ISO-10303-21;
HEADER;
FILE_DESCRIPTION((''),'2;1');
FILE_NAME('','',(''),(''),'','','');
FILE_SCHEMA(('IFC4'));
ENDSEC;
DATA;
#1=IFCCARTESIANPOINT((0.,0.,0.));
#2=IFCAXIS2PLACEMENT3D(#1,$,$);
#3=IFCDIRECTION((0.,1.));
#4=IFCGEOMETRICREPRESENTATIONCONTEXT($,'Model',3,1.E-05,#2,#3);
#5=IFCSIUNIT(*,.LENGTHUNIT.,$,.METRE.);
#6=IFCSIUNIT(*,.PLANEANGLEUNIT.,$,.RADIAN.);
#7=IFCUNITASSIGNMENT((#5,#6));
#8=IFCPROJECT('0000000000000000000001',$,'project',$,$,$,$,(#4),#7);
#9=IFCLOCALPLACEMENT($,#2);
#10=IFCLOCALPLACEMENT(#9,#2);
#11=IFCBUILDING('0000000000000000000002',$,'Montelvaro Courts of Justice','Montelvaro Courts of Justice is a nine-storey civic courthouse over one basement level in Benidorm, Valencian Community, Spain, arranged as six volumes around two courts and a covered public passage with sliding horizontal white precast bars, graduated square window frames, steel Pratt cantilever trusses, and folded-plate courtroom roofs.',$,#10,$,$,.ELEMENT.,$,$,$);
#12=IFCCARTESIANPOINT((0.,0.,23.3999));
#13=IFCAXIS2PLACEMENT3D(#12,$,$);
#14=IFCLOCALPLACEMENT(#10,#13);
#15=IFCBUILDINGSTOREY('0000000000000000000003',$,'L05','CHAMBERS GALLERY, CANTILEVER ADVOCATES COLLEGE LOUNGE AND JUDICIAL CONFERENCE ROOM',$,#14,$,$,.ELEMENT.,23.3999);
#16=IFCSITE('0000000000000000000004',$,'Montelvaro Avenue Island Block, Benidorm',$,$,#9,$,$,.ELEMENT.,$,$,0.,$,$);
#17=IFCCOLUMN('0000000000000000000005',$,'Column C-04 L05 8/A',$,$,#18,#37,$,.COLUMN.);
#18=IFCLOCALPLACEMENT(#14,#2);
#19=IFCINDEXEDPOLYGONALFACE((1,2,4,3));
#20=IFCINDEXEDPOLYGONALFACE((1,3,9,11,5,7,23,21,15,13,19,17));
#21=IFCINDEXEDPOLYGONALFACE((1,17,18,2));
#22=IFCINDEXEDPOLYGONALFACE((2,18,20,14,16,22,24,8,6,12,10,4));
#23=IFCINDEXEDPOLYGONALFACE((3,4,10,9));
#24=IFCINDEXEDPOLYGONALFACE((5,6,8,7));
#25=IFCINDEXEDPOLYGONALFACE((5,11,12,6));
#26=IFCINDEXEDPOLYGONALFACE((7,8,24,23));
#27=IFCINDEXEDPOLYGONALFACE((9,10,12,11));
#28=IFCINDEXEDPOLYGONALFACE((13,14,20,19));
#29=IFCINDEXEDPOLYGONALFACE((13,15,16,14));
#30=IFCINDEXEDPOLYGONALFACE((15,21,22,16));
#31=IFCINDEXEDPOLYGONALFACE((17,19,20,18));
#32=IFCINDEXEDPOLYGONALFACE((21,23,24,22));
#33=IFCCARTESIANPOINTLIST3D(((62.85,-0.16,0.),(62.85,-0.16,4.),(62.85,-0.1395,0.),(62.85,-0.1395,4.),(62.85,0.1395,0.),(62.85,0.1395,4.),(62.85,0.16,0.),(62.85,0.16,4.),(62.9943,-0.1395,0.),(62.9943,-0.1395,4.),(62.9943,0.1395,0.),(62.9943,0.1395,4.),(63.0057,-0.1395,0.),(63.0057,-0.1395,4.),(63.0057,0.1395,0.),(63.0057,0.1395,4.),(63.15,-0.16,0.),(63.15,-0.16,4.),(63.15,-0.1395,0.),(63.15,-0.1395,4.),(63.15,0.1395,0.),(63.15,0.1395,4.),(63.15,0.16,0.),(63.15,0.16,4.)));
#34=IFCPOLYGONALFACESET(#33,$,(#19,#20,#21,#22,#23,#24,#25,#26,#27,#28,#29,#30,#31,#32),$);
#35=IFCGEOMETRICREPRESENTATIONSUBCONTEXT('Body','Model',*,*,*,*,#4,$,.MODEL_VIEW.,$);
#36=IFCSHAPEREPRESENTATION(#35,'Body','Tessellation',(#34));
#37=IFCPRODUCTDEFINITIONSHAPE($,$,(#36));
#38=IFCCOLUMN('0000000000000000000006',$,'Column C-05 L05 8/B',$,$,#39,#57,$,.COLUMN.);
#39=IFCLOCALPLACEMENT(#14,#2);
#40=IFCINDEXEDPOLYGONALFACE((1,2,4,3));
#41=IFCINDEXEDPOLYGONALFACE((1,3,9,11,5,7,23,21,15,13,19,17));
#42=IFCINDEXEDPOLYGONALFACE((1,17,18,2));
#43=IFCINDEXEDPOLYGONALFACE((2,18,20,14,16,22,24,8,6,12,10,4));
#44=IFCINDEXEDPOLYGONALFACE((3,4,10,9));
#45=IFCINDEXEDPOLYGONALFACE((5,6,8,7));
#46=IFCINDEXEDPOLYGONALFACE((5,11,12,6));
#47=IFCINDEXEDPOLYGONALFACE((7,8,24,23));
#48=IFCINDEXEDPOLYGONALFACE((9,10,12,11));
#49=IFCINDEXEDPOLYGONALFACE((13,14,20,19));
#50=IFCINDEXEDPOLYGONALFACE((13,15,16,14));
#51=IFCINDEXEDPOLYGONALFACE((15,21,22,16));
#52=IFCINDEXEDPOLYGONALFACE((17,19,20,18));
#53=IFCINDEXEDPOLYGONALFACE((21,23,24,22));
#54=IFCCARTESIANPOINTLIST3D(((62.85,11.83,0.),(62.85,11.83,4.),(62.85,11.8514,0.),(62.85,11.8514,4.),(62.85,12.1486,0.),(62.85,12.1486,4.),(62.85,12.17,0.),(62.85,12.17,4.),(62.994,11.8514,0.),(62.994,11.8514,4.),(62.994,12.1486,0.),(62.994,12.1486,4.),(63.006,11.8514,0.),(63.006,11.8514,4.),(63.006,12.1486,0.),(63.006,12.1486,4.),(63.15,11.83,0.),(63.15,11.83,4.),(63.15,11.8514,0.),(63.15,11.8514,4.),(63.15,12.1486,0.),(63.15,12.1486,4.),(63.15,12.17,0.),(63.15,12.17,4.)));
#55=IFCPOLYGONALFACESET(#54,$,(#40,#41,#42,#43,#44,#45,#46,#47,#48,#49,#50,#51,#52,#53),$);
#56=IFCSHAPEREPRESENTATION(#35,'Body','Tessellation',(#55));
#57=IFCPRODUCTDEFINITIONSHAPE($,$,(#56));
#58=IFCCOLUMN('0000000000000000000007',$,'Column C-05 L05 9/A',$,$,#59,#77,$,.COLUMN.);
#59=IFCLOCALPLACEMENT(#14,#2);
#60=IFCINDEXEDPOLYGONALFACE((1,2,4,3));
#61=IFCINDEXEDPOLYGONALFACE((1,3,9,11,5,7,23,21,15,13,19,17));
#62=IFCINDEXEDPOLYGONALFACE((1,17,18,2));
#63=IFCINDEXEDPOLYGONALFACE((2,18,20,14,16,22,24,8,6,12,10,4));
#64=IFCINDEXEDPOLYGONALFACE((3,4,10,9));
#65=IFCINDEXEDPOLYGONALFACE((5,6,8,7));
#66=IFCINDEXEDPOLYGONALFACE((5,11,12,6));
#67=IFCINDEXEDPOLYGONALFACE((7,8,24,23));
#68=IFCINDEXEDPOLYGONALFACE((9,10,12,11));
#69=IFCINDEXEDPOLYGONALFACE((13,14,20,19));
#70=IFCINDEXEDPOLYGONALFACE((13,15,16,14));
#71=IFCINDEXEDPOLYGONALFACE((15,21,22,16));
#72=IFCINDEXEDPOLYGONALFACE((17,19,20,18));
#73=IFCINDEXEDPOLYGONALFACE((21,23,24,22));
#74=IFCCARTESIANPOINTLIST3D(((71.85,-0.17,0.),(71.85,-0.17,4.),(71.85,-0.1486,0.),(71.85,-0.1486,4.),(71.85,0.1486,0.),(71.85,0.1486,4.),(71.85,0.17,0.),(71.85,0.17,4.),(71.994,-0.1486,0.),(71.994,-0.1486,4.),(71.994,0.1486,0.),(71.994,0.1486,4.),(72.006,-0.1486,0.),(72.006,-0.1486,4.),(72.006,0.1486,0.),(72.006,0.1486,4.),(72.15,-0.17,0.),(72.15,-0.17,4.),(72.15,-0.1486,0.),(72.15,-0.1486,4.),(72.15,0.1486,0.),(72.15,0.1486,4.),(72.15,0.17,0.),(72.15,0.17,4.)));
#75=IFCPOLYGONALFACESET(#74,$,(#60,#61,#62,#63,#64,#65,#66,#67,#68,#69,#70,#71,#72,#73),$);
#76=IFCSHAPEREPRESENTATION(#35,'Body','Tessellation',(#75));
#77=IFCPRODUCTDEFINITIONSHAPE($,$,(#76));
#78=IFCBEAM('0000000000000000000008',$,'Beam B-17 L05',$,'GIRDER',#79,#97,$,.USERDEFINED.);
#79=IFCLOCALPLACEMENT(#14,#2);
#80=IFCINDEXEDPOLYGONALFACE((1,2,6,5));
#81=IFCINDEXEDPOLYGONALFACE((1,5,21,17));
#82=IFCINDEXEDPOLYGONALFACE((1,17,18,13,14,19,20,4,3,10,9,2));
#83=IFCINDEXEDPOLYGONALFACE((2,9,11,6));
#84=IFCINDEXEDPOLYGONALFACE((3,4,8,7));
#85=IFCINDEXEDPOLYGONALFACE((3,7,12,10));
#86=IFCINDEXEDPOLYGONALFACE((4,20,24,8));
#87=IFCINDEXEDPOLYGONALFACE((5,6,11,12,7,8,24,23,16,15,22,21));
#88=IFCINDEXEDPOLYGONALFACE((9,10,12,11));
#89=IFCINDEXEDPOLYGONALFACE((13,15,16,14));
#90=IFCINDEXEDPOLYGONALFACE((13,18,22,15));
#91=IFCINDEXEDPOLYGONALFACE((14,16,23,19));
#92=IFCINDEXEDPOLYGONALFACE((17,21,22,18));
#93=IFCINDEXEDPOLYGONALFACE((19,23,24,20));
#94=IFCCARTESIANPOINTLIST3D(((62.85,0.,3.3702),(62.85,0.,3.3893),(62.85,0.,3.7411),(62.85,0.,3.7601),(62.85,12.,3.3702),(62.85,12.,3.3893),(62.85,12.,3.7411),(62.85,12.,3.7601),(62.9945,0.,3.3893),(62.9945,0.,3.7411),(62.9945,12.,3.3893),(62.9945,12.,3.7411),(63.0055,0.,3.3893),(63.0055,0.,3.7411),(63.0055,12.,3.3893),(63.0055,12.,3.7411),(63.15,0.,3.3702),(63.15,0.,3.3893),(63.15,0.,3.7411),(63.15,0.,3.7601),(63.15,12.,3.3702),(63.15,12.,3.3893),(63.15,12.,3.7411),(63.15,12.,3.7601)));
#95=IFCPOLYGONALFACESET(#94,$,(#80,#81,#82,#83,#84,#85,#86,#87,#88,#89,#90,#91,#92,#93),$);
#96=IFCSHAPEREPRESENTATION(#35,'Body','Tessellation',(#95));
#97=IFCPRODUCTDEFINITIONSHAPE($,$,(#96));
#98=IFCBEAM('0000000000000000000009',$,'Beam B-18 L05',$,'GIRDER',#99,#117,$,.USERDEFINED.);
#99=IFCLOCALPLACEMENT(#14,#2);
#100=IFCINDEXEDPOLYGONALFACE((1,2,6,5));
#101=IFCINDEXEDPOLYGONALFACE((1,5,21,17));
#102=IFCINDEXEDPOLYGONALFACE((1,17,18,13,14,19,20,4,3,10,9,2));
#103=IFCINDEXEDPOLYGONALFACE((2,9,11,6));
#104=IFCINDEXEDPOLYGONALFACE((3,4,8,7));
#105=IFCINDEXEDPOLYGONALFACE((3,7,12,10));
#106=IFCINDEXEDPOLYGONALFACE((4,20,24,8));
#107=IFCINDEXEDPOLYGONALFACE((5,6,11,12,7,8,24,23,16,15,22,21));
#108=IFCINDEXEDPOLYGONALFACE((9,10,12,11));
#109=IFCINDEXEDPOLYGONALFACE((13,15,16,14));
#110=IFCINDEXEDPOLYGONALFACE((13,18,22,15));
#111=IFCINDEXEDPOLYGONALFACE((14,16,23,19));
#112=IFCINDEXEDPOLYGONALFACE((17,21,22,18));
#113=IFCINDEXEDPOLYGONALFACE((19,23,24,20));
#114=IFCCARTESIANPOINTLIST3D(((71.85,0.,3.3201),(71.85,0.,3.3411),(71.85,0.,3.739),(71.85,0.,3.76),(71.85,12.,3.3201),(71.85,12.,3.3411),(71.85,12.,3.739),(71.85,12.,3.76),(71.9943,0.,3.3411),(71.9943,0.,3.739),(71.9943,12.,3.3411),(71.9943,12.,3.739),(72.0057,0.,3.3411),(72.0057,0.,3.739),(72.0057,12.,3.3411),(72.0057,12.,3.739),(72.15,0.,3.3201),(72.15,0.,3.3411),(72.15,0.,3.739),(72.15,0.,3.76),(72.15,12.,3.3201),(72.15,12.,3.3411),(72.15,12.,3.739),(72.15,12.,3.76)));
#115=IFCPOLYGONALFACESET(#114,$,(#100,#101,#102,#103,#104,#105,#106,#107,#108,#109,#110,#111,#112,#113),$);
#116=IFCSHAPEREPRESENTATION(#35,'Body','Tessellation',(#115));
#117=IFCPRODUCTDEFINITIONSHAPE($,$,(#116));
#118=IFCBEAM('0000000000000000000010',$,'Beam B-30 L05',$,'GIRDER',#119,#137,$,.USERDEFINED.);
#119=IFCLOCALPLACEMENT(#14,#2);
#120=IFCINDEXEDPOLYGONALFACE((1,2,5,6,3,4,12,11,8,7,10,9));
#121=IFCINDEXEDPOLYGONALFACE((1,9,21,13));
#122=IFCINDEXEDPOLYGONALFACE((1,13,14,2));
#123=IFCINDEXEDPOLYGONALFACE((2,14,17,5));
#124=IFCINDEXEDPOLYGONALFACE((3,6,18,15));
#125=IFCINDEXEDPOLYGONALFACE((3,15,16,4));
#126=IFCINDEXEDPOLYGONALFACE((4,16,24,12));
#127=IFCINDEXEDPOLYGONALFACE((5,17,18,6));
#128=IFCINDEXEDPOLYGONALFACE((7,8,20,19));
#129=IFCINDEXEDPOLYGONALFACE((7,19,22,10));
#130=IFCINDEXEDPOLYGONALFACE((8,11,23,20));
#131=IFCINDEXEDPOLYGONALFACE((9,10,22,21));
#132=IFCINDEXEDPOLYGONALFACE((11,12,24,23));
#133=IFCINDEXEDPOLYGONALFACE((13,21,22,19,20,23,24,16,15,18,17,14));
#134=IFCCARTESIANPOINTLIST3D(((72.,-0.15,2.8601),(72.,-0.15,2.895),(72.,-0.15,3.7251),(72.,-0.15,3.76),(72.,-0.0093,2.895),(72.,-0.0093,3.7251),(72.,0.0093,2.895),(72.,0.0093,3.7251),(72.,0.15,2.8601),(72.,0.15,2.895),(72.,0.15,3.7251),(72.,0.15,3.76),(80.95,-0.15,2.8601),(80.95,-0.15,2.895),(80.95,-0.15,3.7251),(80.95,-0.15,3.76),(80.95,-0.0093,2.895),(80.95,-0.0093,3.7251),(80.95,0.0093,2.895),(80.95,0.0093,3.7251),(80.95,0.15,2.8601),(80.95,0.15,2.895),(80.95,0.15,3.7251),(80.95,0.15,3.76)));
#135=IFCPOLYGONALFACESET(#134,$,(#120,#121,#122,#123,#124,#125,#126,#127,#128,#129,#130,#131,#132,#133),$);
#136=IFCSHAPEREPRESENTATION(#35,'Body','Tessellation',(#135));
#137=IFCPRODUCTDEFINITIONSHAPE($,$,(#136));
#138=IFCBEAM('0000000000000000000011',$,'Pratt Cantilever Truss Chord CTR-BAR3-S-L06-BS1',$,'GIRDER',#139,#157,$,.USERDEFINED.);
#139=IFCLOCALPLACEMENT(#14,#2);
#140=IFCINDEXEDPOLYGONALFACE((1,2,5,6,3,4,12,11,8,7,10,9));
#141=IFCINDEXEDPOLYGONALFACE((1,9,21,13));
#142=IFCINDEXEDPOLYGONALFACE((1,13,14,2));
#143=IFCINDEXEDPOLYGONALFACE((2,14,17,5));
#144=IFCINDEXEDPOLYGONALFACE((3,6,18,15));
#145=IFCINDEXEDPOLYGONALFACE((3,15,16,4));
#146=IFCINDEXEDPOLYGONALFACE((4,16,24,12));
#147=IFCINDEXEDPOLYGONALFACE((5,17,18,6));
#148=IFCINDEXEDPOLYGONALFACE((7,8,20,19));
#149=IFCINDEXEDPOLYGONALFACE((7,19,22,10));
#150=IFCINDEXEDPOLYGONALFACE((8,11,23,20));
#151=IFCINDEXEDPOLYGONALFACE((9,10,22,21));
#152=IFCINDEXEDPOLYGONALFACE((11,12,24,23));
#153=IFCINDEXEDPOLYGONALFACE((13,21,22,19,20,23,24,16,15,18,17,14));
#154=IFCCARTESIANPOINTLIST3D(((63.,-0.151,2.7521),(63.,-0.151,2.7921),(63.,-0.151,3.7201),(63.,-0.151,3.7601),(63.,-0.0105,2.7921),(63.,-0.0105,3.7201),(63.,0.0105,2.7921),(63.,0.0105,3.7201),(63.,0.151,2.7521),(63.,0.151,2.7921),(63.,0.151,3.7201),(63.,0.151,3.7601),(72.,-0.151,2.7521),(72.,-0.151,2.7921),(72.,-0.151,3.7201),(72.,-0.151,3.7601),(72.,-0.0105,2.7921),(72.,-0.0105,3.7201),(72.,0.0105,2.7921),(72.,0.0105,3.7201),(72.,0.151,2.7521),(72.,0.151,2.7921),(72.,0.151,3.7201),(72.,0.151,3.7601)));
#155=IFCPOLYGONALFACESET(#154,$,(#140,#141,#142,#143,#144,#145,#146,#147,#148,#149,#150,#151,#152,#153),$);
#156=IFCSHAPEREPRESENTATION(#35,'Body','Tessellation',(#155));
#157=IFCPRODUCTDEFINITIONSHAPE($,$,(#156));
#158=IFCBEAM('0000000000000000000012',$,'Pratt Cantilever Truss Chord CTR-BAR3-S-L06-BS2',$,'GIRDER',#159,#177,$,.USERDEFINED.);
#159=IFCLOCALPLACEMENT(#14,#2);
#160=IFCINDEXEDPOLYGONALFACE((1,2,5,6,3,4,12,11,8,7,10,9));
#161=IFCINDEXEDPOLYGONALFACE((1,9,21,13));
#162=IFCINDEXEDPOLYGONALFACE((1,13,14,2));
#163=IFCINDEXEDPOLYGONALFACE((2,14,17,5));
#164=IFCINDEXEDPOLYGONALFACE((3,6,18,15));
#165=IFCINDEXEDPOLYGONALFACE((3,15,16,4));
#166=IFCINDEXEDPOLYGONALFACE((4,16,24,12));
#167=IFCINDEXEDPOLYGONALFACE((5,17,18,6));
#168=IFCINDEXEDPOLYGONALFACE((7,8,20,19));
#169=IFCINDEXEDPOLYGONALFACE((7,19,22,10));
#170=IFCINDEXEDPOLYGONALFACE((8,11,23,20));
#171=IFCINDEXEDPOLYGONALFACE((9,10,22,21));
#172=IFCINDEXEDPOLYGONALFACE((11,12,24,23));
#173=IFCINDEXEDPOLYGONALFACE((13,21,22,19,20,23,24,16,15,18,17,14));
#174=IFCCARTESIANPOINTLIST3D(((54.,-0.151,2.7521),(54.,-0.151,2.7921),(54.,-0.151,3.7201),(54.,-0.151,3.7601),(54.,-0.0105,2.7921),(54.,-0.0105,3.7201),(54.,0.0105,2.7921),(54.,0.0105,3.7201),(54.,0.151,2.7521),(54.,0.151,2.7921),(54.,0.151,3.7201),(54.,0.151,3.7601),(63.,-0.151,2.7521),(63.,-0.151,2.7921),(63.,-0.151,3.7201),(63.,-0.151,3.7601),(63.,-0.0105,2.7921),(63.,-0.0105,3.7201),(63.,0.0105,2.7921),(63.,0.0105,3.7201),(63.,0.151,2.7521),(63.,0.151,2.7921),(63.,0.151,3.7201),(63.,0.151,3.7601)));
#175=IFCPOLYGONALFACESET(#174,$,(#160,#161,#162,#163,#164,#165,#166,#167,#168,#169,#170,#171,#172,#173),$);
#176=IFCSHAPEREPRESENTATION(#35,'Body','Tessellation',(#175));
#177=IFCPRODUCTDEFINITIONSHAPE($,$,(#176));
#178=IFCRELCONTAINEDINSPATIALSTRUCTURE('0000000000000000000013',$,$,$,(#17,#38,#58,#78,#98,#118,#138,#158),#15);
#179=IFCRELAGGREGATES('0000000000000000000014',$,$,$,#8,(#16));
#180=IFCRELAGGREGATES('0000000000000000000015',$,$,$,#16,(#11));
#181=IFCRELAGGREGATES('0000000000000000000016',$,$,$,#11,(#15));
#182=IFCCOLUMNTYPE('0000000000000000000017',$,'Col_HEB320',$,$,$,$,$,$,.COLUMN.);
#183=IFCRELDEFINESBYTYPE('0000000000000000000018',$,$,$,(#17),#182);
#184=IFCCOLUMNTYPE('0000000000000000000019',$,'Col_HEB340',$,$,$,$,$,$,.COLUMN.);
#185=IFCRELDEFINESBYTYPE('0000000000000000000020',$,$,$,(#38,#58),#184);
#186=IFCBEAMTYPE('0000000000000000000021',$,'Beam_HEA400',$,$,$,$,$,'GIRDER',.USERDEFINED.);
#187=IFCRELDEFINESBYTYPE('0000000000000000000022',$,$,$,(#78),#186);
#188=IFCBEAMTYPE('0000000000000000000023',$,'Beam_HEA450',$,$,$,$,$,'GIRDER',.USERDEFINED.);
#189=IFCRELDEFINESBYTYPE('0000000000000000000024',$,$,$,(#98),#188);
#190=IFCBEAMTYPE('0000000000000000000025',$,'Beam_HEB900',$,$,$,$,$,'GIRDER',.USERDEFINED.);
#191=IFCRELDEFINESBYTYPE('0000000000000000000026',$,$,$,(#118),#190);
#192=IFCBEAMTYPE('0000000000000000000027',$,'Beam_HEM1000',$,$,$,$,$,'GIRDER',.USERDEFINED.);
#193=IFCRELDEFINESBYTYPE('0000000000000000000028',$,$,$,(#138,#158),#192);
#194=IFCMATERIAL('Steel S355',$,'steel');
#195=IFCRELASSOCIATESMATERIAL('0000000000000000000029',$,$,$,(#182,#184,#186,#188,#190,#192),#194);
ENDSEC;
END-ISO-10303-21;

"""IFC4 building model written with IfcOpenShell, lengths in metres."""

from ifc_helpers import new_model, si_unit, direction, frame, origin, origin_2d, place, context, subcontext, project, spatial, i_section, extrude, material, material_profile, profile_set, type_object, element, save


model = new_model("IFC4")

# Units and contexts
model_context = context("Model", 3, precision=1e-05, world=origin(), true_north=direction((0.0, 1.0)))
body_context = subcontext(model_context, "Body", "Model", "MODEL_VIEW")
ifc_project = project(units=[si_unit("LENGTHUNIT", "METRE"), si_unit("PLANEANGLEUNIT", "RADIAN")], contexts=[model_context])

# Site, building, storey
site_placement = place(None, origin())
site = spatial("IfcSite", under=ifc_project, at=site_placement, Name="Montelvaro Avenue Island Block, Benidorm", CompositionType="ELEMENT", RefElevation=0.0)
building_placement = place(site_placement, origin())
building = spatial("IfcBuilding", under=site, at=building_placement, Name="Montelvaro Courts of Justice", Description="Montelvaro Courts of Justice is a nine-storey civic courthouse over one basement level in Benidorm, Valencian Community, Spain, arranged as six volumes around two courts and a covered public passage with sliding horizontal white precast bars, graduated square window frames, steel Pratt cantilever trusses, and folded-plate courtroom roofs.", CompositionType="ELEMENT")
storey_placement = place(building_placement, frame((0.0, 0.0, 23.3999)))
storey = spatial("IfcBuildingStorey", under=building, at=storey_placement, Name="L05", Description="CHAMBERS GALLERY, CANTILEVER ADVOCATES COLLEGE LOUNGE AND JUDICIAL CONFERENCE ROOM", CompositionType="ELEMENT", Elevation=23.3999)

# Columns
ifc_material_1 = material(Name="Steel S355", Category="steel")
ifc_material_profile_1 = material_profile(ifc_material_1, i_section(OverallWidth=0.3, OverallDepth=0.3201, WebThickness=0.0115, FlangeThickness=0.0205, at=origin_2d()), Name="HEB 320")
ifc_profile_set_1 = profile_set([ifc_material_profile_1], Name="Steel S355")
column_type_1 = type_object("IfcColumnType", Name="Col_HEB320", PredefinedType="COLUMN", material=ifc_profile_set_1)
column_placement = place(storey_placement, frame((63.0, 0.0, 0.0), z_axis=(0.0, 0.0, 1.0), x_axis=(1.0, 0.0, 0.0)))
element("IfcColumn", 1, at=column_placement, inside=storey, type_object=column_type_1, Name="Column C-04 L05 8/A", PredefinedType="COLUMN", context=body_context, shape_type="SweptSolid", body=[
    extrude(i_section(OverallWidth=0.3, OverallDepth=0.3201, WebThickness=0.0115, FlangeThickness=0.0205, at=origin_2d()), origin(), (0.0, 0.0, 1.0), 4.0),
])
ifc_material_profile_2 = material_profile(ifc_material_1, i_section(OverallWidth=0.3, OverallDepth=0.3401, WebThickness=0.012, FlangeThickness=0.0215, at=origin_2d()), Name="HEB 340")
ifc_profile_set_2 = profile_set([ifc_material_profile_2], Name="Steel S355")
column_type_2 = type_object("IfcColumnType", Name="Col_HEB340", PredefinedType="COLUMN", material=ifc_profile_set_2)
for number, where, z_axis, x_axis, name in (
    (2, (63.0, 12.0, 0.0), (0.0, 0.0, 1.0), (1.0, 0.0, 0.0), "Column C-05 L05 8/B"),
    (3, (72.0, 0.0, 0.0), (0.0, 0.0, 1.0), (1.0, 0.0, 0.0), "Column C-05 L05 9/A"),
):
    element("IfcColumn", number, at=place(storey_placement, frame(where, z_axis=z_axis, x_axis=x_axis)), inside=storey, type_object=column_type_2, Name=name, PredefinedType="COLUMN", context=body_context, shape_type="SweptSolid", body=[
        extrude(i_section(OverallWidth=0.3, OverallDepth=0.3401, WebThickness=0.012, FlangeThickness=0.0215, at=origin_2d()), origin(), (0.0, 0.0, 1.0), 4.0),
    ])

# Beams
ifc_material_profile_3 = material_profile(ifc_material_1, i_section(OverallWidth=0.3, OverallDepth=0.3899, WebThickness=0.011, FlangeThickness=0.019, at=origin_2d()), Name="HEA 400")
ifc_profile_set_3 = profile_set([ifc_material_profile_3], Name="Steel S355")
beam_type_1 = type_object("IfcBeamType", Name="Beam_HEA400", ElementType="GIRDER", PredefinedType="USERDEFINED", material=ifc_profile_set_3)
beam_1_placement = place(storey_placement, frame((63.0, 0.0, 3.5652), z_axis=(0.0, 1.0, 0.0), x_axis=(-1.0, 0.0, 0.0)))
element("IfcBeam", 4, at=beam_1_placement, inside=storey, type_object=beam_type_1, Name="Beam B-17 L05", ObjectType="GIRDER", PredefinedType="USERDEFINED", context=body_context, shape_type="SweptSolid", body=[
    extrude(i_section(OverallWidth=0.3, OverallDepth=0.3899, WebThickness=0.011, FlangeThickness=0.019, at=origin_2d()), origin(), (0.0, 0.0, 1.0), 12.0),
])
ifc_material_profile_4 = material_profile(ifc_material_1, i_section(OverallWidth=0.3, OverallDepth=0.4399, WebThickness=0.0115, FlangeThickness=0.021, at=origin_2d()), Name="HEA 450")
ifc_profile_set_4 = profile_set([ifc_material_profile_4], Name="Steel S355")
beam_type_2 = type_object("IfcBeamType", Name="Beam_HEA450", ElementType="GIRDER", PredefinedType="USERDEFINED", material=ifc_profile_set_4)
beam_2_placement = place(storey_placement, frame((72.0, 0.0, 3.54), z_axis=(0.0, 1.0, 0.0), x_axis=(-1.0, 0.0, 0.0)))
element("IfcBeam", 5, at=beam_2_placement, inside=storey, type_object=beam_type_2, Name="Beam B-18 L05", ObjectType="GIRDER", PredefinedType="USERDEFINED", context=body_context, shape_type="SweptSolid", body=[
    extrude(i_section(OverallWidth=0.3, OverallDepth=0.4399, WebThickness=0.0115, FlangeThickness=0.021, at=origin_2d()), origin(), (0.0, 0.0, 1.0), 12.0),
])
ifc_material_profile_5 = material_profile(ifc_material_1, i_section(OverallWidth=0.3, OverallDepth=0.8999, WebThickness=0.0186, FlangeThickness=0.0349, at=origin_2d()), Name="HEB 900")
ifc_profile_set_5 = profile_set([ifc_material_profile_5], Name="Steel S355")
beam_type_3 = type_object("IfcBeamType", Name="Beam_HEB900", ElementType="GIRDER", PredefinedType="USERDEFINED", material=ifc_profile_set_5)
beam_3_placement = place(storey_placement, frame((72.0, 0.0, 3.3101), z_axis=(1.0, 0.0, 0.0), x_axis=(0.0, 1.0, 0.0)))
element("IfcBeam", 6, at=beam_3_placement, inside=storey, type_object=beam_type_3, Name="Beam B-30 L05", ObjectType="GIRDER", PredefinedType="USERDEFINED", context=body_context, shape_type="SweptSolid", body=[
    extrude(i_section(OverallWidth=0.3, OverallDepth=0.8999, WebThickness=0.0186, FlangeThickness=0.0349, at=origin_2d()), origin(), (0.0, 0.0, 1.0), 8.95),
])
ifc_material_profile_6 = material_profile(ifc_material_1, i_section(OverallWidth=0.302, OverallDepth=1.0081, WebThickness=0.021, FlangeThickness=0.04, at=origin_2d()), Name="HEM 1000")
ifc_profile_set_6 = profile_set([ifc_material_profile_6], Name="Steel S355")
beam_type_4 = type_object("IfcBeamType", Name="Beam_HEM1000", ElementType="GIRDER", PredefinedType="USERDEFINED", material=ifc_profile_set_6)
for number, where, z_axis, x_axis, name in (
    (7, (72.0, 0.0, 3.2561), (-1.0, 0.0, 0.0), (0.0, -1.0, 0.0), "Pratt Cantilever Truss Chord CTR-BAR3-S-L06-BS1"),
    (8, (63.0, 0.0, 3.2561), (-1.0, 0.0, 0.0), (0.0, -1.0, 0.0), "Pratt Cantilever Truss Chord CTR-BAR3-S-L06-BS2"),
):
    element("IfcBeam", number, at=place(storey_placement, frame(where, z_axis=z_axis, x_axis=x_axis)), inside=storey, type_object=beam_type_4, Name=name, ObjectType="GIRDER", PredefinedType="USERDEFINED", context=body_context, shape_type="SweptSolid", body=[
        extrude(i_section(OverallWidth=0.302, OverallDepth=1.0081, WebThickness=0.021, FlangeThickness=0.04, at=origin_2d()), origin(), (0.0, 0.0, 1.0), 9.0),
    ])

save(model, "model.ifc")
